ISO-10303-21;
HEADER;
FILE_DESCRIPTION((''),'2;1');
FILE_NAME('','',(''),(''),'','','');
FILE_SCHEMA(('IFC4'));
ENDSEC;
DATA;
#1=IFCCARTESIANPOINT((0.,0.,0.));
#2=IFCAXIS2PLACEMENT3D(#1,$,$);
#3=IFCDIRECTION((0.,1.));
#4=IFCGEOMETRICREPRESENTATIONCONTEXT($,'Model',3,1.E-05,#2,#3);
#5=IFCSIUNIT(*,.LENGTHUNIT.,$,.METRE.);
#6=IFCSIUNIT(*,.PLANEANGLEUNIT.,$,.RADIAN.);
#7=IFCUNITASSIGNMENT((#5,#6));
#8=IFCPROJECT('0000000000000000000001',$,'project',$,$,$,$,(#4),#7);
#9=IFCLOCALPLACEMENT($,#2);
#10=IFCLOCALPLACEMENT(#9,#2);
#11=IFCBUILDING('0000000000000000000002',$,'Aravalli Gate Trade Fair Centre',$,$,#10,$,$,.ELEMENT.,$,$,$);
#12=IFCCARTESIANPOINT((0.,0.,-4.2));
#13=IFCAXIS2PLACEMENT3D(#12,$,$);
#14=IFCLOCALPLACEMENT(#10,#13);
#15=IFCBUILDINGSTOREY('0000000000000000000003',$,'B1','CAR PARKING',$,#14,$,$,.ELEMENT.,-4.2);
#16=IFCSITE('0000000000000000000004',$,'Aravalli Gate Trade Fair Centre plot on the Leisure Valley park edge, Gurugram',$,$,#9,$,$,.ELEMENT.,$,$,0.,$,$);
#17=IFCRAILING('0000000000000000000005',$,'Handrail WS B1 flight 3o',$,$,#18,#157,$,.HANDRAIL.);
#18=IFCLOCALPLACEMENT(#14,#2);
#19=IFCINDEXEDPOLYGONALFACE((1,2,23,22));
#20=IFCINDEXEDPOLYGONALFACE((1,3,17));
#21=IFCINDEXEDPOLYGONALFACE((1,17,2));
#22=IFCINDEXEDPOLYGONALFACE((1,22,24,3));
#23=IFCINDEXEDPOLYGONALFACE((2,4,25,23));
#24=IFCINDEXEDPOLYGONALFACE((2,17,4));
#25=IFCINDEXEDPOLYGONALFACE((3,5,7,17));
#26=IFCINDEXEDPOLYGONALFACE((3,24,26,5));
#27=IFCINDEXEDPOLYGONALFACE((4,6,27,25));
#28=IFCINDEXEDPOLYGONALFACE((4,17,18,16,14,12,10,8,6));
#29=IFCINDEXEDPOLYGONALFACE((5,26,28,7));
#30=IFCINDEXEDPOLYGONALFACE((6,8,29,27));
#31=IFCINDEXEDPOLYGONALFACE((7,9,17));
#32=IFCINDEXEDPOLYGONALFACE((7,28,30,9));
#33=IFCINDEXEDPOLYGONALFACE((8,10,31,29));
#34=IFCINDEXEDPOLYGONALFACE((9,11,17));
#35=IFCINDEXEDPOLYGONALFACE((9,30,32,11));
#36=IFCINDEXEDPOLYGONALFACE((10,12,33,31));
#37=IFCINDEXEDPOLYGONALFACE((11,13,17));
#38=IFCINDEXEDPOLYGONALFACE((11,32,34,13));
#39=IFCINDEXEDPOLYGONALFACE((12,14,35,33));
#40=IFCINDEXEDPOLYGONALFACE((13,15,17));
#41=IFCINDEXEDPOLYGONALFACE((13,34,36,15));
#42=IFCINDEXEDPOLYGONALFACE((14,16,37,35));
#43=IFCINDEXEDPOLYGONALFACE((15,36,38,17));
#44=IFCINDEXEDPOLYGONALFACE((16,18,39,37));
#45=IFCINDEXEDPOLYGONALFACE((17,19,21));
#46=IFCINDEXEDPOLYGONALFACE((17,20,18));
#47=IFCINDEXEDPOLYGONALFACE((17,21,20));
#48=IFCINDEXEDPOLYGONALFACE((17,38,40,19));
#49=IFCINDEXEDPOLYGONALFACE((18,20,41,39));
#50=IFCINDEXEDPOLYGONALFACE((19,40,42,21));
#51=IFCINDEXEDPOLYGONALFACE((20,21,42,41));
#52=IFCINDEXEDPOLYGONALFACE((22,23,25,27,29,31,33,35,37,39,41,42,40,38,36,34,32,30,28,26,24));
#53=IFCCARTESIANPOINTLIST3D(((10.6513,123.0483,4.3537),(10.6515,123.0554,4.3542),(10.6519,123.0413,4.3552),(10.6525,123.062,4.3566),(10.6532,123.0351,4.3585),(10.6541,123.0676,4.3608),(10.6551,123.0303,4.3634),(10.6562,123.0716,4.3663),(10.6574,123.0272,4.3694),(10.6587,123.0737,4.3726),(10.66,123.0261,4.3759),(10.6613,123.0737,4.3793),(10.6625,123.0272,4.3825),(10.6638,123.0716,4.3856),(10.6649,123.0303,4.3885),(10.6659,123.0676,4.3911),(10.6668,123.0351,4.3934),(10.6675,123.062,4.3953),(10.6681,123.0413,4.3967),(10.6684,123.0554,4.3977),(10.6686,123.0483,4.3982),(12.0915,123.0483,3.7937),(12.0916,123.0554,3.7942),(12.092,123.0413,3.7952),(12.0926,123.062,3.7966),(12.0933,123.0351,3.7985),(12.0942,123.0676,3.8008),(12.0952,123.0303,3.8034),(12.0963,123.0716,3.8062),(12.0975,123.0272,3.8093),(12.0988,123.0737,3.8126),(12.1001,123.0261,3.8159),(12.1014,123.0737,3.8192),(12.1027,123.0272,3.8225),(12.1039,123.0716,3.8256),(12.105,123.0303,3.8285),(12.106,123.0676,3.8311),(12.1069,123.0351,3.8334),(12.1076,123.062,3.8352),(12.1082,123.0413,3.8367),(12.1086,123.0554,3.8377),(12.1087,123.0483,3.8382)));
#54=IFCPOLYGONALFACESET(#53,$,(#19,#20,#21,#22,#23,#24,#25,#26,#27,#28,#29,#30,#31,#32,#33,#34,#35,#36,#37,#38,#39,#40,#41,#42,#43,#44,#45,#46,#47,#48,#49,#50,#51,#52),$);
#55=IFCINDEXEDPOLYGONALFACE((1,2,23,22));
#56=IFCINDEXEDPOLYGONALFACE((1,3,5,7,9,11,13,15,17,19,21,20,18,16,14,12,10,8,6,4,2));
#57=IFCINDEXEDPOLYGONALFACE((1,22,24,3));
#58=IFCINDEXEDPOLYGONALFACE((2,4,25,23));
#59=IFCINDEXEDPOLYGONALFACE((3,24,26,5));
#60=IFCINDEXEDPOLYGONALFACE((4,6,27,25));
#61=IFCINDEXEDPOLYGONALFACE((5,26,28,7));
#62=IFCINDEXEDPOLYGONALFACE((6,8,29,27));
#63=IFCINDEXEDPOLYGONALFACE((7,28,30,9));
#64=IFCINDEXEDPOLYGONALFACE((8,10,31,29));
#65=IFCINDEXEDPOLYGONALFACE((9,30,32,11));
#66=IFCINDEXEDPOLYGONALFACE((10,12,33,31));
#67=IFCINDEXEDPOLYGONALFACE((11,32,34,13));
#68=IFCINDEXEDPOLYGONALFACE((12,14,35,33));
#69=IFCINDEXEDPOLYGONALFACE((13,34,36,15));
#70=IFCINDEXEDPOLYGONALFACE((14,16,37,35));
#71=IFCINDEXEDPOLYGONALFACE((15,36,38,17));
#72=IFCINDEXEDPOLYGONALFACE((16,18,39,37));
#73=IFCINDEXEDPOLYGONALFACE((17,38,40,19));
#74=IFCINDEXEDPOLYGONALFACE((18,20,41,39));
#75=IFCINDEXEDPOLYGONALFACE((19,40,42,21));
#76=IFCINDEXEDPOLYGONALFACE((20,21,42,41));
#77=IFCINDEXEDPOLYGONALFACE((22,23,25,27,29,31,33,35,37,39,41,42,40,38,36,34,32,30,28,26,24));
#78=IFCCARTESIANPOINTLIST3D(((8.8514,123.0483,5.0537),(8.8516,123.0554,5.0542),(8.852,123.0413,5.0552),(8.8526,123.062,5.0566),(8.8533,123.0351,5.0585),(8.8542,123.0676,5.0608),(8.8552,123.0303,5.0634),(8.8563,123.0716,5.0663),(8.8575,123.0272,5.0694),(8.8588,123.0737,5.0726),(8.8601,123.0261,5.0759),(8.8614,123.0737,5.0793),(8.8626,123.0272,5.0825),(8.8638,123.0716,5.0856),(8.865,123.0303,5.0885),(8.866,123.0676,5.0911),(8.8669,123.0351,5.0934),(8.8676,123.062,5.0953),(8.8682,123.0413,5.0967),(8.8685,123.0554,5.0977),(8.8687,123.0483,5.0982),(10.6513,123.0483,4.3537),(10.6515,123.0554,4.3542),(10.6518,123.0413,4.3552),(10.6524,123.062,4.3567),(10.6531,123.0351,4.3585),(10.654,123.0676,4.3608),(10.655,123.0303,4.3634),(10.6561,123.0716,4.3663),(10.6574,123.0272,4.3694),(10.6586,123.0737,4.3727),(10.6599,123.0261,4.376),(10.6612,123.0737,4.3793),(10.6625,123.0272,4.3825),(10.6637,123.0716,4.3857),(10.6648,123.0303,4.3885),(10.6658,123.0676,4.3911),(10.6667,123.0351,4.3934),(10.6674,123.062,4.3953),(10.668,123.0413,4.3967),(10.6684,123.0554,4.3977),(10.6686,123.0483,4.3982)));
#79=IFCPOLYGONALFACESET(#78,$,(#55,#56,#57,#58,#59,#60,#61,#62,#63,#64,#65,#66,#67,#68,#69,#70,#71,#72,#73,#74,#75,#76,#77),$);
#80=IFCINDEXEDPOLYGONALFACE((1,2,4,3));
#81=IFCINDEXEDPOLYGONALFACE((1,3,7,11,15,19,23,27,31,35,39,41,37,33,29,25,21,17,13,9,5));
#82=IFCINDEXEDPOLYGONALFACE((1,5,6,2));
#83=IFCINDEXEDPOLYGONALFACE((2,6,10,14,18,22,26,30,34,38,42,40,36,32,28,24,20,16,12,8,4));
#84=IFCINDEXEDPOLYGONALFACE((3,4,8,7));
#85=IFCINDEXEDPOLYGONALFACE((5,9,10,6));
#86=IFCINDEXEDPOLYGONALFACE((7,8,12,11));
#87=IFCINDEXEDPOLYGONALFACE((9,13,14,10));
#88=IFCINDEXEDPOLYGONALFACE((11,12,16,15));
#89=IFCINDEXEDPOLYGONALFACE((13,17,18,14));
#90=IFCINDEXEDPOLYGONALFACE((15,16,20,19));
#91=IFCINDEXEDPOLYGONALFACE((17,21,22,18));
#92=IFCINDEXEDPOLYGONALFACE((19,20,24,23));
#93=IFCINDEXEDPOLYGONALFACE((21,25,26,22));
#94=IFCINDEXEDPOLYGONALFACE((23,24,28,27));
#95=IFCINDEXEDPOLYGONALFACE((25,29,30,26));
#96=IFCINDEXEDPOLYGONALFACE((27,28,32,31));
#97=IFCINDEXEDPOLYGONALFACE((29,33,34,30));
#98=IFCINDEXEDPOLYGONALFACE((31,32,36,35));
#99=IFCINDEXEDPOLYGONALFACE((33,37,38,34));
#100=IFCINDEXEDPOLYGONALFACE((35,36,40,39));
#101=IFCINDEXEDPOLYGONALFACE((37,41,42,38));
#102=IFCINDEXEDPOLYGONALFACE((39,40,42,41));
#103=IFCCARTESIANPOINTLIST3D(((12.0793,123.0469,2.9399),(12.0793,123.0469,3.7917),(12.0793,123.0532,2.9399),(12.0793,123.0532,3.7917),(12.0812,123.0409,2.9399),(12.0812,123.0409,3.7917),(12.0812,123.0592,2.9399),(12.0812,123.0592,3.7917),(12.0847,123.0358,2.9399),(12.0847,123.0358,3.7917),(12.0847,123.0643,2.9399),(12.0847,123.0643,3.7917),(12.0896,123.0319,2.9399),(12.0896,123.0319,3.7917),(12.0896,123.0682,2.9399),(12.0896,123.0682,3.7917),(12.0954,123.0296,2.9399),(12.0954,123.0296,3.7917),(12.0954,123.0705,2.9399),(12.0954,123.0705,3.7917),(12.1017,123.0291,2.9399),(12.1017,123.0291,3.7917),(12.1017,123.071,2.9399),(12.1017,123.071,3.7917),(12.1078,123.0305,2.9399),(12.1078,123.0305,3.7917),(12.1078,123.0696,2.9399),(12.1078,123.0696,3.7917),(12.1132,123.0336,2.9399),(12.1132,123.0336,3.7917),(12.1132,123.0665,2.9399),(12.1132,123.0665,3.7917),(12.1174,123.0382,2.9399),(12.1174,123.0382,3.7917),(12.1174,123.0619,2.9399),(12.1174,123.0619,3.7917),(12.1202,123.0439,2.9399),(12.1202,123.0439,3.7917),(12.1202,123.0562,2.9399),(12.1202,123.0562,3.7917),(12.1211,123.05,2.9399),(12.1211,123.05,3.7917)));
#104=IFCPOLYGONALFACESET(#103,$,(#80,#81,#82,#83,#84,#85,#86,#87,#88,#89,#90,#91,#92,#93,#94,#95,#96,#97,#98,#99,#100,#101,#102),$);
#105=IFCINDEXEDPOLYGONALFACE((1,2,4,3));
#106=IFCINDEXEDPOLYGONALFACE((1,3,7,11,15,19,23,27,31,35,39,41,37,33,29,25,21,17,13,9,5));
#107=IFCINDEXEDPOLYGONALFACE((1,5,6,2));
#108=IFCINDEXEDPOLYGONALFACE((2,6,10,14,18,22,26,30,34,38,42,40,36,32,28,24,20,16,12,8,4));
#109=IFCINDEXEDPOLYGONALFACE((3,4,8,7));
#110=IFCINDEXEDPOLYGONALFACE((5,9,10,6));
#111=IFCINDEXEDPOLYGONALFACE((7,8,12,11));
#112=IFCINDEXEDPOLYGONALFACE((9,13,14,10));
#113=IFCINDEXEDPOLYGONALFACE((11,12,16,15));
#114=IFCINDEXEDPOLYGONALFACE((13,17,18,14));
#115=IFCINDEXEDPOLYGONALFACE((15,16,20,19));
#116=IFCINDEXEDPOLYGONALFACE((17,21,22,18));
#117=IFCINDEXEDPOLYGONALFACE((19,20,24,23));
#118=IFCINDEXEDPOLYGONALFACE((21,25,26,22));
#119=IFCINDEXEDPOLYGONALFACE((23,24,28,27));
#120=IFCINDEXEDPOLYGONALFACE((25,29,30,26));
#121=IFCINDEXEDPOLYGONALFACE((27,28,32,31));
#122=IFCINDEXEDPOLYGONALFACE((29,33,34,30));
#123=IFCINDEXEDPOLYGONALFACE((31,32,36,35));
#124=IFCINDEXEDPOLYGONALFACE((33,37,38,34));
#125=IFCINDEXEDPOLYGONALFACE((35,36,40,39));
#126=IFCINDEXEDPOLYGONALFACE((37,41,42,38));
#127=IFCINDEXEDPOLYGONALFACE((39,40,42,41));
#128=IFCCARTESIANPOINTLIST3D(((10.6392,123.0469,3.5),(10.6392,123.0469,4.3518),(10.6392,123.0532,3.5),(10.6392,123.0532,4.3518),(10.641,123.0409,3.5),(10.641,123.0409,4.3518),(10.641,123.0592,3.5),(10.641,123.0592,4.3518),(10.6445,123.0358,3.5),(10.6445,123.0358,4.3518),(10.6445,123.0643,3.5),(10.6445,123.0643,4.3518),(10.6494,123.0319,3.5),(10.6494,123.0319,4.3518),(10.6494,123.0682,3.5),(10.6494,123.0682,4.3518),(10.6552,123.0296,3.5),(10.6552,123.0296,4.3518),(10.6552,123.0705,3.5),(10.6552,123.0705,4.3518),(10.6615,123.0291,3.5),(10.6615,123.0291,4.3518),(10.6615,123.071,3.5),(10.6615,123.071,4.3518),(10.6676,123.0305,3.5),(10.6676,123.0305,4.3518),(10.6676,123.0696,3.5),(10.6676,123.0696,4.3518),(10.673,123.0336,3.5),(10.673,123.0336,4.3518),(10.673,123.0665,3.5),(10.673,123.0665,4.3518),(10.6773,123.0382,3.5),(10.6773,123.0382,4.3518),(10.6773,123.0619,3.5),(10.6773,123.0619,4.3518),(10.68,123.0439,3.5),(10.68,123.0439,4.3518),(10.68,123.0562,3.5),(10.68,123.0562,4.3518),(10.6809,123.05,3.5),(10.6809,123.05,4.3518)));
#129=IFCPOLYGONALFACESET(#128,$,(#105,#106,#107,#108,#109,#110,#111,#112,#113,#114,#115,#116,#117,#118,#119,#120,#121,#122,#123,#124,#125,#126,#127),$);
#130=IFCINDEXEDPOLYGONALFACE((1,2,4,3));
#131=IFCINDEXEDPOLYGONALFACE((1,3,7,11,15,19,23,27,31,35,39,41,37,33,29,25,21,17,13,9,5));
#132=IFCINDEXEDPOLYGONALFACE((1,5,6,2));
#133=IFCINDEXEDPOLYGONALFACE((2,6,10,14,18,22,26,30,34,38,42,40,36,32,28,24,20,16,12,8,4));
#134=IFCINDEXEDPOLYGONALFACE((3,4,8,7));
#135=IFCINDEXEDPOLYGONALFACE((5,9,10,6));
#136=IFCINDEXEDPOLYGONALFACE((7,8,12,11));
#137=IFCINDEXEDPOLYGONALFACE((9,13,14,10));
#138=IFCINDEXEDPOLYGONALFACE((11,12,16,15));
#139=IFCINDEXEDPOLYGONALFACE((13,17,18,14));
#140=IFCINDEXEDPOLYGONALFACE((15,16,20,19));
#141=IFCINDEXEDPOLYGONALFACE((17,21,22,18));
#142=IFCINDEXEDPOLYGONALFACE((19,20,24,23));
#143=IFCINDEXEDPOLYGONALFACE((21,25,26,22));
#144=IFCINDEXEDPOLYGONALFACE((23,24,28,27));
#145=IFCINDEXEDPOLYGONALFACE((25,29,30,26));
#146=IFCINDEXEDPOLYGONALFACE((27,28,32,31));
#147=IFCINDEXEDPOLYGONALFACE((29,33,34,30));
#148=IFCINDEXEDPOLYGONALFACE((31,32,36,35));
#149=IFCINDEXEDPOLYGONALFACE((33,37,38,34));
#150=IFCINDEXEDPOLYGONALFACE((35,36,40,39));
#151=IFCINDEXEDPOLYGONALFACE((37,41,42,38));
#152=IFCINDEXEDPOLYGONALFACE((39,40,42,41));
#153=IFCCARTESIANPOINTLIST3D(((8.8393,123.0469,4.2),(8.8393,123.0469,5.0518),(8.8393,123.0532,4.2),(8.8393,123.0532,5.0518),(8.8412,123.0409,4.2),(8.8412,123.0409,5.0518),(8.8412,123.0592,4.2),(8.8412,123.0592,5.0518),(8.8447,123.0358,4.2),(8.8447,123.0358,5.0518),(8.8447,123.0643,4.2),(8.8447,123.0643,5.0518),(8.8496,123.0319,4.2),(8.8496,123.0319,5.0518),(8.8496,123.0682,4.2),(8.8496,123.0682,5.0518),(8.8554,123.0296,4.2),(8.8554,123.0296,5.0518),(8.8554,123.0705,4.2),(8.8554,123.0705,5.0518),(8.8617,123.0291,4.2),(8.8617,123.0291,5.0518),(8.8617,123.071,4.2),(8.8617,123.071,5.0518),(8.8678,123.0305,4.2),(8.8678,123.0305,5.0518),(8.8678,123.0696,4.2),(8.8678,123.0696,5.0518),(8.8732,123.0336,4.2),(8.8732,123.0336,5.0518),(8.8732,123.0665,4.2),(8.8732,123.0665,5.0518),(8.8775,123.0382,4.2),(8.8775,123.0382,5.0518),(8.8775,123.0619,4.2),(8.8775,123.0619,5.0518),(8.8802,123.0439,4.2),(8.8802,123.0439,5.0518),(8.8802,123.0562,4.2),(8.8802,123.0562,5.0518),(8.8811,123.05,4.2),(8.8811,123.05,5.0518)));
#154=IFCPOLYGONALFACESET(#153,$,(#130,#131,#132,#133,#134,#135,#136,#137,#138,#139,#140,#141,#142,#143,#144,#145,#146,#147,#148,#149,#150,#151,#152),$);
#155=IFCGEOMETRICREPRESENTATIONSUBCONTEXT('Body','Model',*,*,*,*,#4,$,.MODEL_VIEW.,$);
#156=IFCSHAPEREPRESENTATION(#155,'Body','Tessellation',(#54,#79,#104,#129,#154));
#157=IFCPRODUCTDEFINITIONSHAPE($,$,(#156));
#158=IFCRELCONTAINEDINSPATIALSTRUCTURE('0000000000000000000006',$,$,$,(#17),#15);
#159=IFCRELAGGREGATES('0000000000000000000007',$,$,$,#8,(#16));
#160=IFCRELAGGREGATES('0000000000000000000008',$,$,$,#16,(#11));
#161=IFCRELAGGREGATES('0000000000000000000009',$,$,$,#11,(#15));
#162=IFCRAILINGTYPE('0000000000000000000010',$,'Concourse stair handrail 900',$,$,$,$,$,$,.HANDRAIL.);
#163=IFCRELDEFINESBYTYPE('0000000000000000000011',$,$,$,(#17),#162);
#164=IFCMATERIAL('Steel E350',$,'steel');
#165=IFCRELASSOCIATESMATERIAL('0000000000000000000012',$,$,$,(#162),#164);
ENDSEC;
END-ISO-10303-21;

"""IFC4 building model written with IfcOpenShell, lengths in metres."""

from ifc_helpers import new_model, si_unit, direction, frame, origin, origin_2d, place, context, subcontext, project, spatial, circle, extrude, material, type_object, element, save


model = new_model("IFC4")

# Units and contexts
model_context = context("Model", 3, precision=1e-05, world=origin(), true_north=direction((0.0, 1.0)))
body_context = subcontext(model_context, "Body", "Model", "MODEL_VIEW")
ifc_project = project(units=[si_unit("LENGTHUNIT", "METRE"), si_unit("PLANEANGLEUNIT", "RADIAN")], contexts=[model_context])

# Site, building, storey
site_placement = place(None, origin())
site = spatial("IfcSite", under=ifc_project, at=site_placement, Name="Aravalli Gate Trade Fair Centre plot on the Leisure Valley park edge, Gurugram", CompositionType="ELEMENT", RefElevation=0.0)
building_placement = place(site_placement, origin())
building = spatial("IfcBuilding", under=site, at=building_placement, Name="Aravalli Gate Trade Fair Centre", CompositionType="ELEMENT")
storey_placement = place(building_placement, frame((0.0, 0.0, -4.2)))
storey = spatial("IfcBuildingStorey", under=building, at=storey_placement, Name="B1", Description="CAR PARKING", CompositionType="ELEMENT", Elevation=-4.2)

# Railing
ifc_material_1 = material(Name="Steel E350", Category="steel")
railing_type = type_object("IfcRailingType", Name="Concourse stair handrail 900", PredefinedType="HANDRAIL", material=ifc_material_1)
for number, where, name in (
    (1, (12.1001, 123.05, 2.9399), "Handrail WS B1 flight 3o"),
):
    element("IfcRailing", number, at=place(storey_placement, frame(where)), inside=storey, type_object=railing_type, Name=name, PredefinedType="HANDRAIL", context=body_context, shape_type="SweptSolid", body=[
        extrude(circle(Radius=0.0239, at=origin_2d()), frame((0.0, 0.0, 0.876), z_axis=(-0.932008, 0.0, 0.362439), x_axis=(0.0, -1.0, 0.0)), (0.0, 0.0, 1.0), 1.5452),
        extrude(circle(Radius=0.0239, at=origin_2d()), frame((-1.4402, 0.0, 1.436), z_axis=(-0.932, 0.0, 0.362458), x_axis=(0.0, -1.0, 0.0)), (0.0, 0.0, 1.0), 1.9312),
        extrude(circle(Radius=0.021, at=origin_2d()), origin(), (0.0, 0.0, 1.0), 0.8518),
        extrude(circle(Radius=0.021, at=origin_2d()), frame((-1.4402, 0.0, 0.5601)), (0.0, 0.0, 1.0), 0.8518),
        extrude(circle(Radius=0.021, at=origin_2d()), frame((-3.24, 0.0, 1.26)), (0.0, 0.0, 1.0), 0.8518),
    ])

save(model, "model.ifc")
